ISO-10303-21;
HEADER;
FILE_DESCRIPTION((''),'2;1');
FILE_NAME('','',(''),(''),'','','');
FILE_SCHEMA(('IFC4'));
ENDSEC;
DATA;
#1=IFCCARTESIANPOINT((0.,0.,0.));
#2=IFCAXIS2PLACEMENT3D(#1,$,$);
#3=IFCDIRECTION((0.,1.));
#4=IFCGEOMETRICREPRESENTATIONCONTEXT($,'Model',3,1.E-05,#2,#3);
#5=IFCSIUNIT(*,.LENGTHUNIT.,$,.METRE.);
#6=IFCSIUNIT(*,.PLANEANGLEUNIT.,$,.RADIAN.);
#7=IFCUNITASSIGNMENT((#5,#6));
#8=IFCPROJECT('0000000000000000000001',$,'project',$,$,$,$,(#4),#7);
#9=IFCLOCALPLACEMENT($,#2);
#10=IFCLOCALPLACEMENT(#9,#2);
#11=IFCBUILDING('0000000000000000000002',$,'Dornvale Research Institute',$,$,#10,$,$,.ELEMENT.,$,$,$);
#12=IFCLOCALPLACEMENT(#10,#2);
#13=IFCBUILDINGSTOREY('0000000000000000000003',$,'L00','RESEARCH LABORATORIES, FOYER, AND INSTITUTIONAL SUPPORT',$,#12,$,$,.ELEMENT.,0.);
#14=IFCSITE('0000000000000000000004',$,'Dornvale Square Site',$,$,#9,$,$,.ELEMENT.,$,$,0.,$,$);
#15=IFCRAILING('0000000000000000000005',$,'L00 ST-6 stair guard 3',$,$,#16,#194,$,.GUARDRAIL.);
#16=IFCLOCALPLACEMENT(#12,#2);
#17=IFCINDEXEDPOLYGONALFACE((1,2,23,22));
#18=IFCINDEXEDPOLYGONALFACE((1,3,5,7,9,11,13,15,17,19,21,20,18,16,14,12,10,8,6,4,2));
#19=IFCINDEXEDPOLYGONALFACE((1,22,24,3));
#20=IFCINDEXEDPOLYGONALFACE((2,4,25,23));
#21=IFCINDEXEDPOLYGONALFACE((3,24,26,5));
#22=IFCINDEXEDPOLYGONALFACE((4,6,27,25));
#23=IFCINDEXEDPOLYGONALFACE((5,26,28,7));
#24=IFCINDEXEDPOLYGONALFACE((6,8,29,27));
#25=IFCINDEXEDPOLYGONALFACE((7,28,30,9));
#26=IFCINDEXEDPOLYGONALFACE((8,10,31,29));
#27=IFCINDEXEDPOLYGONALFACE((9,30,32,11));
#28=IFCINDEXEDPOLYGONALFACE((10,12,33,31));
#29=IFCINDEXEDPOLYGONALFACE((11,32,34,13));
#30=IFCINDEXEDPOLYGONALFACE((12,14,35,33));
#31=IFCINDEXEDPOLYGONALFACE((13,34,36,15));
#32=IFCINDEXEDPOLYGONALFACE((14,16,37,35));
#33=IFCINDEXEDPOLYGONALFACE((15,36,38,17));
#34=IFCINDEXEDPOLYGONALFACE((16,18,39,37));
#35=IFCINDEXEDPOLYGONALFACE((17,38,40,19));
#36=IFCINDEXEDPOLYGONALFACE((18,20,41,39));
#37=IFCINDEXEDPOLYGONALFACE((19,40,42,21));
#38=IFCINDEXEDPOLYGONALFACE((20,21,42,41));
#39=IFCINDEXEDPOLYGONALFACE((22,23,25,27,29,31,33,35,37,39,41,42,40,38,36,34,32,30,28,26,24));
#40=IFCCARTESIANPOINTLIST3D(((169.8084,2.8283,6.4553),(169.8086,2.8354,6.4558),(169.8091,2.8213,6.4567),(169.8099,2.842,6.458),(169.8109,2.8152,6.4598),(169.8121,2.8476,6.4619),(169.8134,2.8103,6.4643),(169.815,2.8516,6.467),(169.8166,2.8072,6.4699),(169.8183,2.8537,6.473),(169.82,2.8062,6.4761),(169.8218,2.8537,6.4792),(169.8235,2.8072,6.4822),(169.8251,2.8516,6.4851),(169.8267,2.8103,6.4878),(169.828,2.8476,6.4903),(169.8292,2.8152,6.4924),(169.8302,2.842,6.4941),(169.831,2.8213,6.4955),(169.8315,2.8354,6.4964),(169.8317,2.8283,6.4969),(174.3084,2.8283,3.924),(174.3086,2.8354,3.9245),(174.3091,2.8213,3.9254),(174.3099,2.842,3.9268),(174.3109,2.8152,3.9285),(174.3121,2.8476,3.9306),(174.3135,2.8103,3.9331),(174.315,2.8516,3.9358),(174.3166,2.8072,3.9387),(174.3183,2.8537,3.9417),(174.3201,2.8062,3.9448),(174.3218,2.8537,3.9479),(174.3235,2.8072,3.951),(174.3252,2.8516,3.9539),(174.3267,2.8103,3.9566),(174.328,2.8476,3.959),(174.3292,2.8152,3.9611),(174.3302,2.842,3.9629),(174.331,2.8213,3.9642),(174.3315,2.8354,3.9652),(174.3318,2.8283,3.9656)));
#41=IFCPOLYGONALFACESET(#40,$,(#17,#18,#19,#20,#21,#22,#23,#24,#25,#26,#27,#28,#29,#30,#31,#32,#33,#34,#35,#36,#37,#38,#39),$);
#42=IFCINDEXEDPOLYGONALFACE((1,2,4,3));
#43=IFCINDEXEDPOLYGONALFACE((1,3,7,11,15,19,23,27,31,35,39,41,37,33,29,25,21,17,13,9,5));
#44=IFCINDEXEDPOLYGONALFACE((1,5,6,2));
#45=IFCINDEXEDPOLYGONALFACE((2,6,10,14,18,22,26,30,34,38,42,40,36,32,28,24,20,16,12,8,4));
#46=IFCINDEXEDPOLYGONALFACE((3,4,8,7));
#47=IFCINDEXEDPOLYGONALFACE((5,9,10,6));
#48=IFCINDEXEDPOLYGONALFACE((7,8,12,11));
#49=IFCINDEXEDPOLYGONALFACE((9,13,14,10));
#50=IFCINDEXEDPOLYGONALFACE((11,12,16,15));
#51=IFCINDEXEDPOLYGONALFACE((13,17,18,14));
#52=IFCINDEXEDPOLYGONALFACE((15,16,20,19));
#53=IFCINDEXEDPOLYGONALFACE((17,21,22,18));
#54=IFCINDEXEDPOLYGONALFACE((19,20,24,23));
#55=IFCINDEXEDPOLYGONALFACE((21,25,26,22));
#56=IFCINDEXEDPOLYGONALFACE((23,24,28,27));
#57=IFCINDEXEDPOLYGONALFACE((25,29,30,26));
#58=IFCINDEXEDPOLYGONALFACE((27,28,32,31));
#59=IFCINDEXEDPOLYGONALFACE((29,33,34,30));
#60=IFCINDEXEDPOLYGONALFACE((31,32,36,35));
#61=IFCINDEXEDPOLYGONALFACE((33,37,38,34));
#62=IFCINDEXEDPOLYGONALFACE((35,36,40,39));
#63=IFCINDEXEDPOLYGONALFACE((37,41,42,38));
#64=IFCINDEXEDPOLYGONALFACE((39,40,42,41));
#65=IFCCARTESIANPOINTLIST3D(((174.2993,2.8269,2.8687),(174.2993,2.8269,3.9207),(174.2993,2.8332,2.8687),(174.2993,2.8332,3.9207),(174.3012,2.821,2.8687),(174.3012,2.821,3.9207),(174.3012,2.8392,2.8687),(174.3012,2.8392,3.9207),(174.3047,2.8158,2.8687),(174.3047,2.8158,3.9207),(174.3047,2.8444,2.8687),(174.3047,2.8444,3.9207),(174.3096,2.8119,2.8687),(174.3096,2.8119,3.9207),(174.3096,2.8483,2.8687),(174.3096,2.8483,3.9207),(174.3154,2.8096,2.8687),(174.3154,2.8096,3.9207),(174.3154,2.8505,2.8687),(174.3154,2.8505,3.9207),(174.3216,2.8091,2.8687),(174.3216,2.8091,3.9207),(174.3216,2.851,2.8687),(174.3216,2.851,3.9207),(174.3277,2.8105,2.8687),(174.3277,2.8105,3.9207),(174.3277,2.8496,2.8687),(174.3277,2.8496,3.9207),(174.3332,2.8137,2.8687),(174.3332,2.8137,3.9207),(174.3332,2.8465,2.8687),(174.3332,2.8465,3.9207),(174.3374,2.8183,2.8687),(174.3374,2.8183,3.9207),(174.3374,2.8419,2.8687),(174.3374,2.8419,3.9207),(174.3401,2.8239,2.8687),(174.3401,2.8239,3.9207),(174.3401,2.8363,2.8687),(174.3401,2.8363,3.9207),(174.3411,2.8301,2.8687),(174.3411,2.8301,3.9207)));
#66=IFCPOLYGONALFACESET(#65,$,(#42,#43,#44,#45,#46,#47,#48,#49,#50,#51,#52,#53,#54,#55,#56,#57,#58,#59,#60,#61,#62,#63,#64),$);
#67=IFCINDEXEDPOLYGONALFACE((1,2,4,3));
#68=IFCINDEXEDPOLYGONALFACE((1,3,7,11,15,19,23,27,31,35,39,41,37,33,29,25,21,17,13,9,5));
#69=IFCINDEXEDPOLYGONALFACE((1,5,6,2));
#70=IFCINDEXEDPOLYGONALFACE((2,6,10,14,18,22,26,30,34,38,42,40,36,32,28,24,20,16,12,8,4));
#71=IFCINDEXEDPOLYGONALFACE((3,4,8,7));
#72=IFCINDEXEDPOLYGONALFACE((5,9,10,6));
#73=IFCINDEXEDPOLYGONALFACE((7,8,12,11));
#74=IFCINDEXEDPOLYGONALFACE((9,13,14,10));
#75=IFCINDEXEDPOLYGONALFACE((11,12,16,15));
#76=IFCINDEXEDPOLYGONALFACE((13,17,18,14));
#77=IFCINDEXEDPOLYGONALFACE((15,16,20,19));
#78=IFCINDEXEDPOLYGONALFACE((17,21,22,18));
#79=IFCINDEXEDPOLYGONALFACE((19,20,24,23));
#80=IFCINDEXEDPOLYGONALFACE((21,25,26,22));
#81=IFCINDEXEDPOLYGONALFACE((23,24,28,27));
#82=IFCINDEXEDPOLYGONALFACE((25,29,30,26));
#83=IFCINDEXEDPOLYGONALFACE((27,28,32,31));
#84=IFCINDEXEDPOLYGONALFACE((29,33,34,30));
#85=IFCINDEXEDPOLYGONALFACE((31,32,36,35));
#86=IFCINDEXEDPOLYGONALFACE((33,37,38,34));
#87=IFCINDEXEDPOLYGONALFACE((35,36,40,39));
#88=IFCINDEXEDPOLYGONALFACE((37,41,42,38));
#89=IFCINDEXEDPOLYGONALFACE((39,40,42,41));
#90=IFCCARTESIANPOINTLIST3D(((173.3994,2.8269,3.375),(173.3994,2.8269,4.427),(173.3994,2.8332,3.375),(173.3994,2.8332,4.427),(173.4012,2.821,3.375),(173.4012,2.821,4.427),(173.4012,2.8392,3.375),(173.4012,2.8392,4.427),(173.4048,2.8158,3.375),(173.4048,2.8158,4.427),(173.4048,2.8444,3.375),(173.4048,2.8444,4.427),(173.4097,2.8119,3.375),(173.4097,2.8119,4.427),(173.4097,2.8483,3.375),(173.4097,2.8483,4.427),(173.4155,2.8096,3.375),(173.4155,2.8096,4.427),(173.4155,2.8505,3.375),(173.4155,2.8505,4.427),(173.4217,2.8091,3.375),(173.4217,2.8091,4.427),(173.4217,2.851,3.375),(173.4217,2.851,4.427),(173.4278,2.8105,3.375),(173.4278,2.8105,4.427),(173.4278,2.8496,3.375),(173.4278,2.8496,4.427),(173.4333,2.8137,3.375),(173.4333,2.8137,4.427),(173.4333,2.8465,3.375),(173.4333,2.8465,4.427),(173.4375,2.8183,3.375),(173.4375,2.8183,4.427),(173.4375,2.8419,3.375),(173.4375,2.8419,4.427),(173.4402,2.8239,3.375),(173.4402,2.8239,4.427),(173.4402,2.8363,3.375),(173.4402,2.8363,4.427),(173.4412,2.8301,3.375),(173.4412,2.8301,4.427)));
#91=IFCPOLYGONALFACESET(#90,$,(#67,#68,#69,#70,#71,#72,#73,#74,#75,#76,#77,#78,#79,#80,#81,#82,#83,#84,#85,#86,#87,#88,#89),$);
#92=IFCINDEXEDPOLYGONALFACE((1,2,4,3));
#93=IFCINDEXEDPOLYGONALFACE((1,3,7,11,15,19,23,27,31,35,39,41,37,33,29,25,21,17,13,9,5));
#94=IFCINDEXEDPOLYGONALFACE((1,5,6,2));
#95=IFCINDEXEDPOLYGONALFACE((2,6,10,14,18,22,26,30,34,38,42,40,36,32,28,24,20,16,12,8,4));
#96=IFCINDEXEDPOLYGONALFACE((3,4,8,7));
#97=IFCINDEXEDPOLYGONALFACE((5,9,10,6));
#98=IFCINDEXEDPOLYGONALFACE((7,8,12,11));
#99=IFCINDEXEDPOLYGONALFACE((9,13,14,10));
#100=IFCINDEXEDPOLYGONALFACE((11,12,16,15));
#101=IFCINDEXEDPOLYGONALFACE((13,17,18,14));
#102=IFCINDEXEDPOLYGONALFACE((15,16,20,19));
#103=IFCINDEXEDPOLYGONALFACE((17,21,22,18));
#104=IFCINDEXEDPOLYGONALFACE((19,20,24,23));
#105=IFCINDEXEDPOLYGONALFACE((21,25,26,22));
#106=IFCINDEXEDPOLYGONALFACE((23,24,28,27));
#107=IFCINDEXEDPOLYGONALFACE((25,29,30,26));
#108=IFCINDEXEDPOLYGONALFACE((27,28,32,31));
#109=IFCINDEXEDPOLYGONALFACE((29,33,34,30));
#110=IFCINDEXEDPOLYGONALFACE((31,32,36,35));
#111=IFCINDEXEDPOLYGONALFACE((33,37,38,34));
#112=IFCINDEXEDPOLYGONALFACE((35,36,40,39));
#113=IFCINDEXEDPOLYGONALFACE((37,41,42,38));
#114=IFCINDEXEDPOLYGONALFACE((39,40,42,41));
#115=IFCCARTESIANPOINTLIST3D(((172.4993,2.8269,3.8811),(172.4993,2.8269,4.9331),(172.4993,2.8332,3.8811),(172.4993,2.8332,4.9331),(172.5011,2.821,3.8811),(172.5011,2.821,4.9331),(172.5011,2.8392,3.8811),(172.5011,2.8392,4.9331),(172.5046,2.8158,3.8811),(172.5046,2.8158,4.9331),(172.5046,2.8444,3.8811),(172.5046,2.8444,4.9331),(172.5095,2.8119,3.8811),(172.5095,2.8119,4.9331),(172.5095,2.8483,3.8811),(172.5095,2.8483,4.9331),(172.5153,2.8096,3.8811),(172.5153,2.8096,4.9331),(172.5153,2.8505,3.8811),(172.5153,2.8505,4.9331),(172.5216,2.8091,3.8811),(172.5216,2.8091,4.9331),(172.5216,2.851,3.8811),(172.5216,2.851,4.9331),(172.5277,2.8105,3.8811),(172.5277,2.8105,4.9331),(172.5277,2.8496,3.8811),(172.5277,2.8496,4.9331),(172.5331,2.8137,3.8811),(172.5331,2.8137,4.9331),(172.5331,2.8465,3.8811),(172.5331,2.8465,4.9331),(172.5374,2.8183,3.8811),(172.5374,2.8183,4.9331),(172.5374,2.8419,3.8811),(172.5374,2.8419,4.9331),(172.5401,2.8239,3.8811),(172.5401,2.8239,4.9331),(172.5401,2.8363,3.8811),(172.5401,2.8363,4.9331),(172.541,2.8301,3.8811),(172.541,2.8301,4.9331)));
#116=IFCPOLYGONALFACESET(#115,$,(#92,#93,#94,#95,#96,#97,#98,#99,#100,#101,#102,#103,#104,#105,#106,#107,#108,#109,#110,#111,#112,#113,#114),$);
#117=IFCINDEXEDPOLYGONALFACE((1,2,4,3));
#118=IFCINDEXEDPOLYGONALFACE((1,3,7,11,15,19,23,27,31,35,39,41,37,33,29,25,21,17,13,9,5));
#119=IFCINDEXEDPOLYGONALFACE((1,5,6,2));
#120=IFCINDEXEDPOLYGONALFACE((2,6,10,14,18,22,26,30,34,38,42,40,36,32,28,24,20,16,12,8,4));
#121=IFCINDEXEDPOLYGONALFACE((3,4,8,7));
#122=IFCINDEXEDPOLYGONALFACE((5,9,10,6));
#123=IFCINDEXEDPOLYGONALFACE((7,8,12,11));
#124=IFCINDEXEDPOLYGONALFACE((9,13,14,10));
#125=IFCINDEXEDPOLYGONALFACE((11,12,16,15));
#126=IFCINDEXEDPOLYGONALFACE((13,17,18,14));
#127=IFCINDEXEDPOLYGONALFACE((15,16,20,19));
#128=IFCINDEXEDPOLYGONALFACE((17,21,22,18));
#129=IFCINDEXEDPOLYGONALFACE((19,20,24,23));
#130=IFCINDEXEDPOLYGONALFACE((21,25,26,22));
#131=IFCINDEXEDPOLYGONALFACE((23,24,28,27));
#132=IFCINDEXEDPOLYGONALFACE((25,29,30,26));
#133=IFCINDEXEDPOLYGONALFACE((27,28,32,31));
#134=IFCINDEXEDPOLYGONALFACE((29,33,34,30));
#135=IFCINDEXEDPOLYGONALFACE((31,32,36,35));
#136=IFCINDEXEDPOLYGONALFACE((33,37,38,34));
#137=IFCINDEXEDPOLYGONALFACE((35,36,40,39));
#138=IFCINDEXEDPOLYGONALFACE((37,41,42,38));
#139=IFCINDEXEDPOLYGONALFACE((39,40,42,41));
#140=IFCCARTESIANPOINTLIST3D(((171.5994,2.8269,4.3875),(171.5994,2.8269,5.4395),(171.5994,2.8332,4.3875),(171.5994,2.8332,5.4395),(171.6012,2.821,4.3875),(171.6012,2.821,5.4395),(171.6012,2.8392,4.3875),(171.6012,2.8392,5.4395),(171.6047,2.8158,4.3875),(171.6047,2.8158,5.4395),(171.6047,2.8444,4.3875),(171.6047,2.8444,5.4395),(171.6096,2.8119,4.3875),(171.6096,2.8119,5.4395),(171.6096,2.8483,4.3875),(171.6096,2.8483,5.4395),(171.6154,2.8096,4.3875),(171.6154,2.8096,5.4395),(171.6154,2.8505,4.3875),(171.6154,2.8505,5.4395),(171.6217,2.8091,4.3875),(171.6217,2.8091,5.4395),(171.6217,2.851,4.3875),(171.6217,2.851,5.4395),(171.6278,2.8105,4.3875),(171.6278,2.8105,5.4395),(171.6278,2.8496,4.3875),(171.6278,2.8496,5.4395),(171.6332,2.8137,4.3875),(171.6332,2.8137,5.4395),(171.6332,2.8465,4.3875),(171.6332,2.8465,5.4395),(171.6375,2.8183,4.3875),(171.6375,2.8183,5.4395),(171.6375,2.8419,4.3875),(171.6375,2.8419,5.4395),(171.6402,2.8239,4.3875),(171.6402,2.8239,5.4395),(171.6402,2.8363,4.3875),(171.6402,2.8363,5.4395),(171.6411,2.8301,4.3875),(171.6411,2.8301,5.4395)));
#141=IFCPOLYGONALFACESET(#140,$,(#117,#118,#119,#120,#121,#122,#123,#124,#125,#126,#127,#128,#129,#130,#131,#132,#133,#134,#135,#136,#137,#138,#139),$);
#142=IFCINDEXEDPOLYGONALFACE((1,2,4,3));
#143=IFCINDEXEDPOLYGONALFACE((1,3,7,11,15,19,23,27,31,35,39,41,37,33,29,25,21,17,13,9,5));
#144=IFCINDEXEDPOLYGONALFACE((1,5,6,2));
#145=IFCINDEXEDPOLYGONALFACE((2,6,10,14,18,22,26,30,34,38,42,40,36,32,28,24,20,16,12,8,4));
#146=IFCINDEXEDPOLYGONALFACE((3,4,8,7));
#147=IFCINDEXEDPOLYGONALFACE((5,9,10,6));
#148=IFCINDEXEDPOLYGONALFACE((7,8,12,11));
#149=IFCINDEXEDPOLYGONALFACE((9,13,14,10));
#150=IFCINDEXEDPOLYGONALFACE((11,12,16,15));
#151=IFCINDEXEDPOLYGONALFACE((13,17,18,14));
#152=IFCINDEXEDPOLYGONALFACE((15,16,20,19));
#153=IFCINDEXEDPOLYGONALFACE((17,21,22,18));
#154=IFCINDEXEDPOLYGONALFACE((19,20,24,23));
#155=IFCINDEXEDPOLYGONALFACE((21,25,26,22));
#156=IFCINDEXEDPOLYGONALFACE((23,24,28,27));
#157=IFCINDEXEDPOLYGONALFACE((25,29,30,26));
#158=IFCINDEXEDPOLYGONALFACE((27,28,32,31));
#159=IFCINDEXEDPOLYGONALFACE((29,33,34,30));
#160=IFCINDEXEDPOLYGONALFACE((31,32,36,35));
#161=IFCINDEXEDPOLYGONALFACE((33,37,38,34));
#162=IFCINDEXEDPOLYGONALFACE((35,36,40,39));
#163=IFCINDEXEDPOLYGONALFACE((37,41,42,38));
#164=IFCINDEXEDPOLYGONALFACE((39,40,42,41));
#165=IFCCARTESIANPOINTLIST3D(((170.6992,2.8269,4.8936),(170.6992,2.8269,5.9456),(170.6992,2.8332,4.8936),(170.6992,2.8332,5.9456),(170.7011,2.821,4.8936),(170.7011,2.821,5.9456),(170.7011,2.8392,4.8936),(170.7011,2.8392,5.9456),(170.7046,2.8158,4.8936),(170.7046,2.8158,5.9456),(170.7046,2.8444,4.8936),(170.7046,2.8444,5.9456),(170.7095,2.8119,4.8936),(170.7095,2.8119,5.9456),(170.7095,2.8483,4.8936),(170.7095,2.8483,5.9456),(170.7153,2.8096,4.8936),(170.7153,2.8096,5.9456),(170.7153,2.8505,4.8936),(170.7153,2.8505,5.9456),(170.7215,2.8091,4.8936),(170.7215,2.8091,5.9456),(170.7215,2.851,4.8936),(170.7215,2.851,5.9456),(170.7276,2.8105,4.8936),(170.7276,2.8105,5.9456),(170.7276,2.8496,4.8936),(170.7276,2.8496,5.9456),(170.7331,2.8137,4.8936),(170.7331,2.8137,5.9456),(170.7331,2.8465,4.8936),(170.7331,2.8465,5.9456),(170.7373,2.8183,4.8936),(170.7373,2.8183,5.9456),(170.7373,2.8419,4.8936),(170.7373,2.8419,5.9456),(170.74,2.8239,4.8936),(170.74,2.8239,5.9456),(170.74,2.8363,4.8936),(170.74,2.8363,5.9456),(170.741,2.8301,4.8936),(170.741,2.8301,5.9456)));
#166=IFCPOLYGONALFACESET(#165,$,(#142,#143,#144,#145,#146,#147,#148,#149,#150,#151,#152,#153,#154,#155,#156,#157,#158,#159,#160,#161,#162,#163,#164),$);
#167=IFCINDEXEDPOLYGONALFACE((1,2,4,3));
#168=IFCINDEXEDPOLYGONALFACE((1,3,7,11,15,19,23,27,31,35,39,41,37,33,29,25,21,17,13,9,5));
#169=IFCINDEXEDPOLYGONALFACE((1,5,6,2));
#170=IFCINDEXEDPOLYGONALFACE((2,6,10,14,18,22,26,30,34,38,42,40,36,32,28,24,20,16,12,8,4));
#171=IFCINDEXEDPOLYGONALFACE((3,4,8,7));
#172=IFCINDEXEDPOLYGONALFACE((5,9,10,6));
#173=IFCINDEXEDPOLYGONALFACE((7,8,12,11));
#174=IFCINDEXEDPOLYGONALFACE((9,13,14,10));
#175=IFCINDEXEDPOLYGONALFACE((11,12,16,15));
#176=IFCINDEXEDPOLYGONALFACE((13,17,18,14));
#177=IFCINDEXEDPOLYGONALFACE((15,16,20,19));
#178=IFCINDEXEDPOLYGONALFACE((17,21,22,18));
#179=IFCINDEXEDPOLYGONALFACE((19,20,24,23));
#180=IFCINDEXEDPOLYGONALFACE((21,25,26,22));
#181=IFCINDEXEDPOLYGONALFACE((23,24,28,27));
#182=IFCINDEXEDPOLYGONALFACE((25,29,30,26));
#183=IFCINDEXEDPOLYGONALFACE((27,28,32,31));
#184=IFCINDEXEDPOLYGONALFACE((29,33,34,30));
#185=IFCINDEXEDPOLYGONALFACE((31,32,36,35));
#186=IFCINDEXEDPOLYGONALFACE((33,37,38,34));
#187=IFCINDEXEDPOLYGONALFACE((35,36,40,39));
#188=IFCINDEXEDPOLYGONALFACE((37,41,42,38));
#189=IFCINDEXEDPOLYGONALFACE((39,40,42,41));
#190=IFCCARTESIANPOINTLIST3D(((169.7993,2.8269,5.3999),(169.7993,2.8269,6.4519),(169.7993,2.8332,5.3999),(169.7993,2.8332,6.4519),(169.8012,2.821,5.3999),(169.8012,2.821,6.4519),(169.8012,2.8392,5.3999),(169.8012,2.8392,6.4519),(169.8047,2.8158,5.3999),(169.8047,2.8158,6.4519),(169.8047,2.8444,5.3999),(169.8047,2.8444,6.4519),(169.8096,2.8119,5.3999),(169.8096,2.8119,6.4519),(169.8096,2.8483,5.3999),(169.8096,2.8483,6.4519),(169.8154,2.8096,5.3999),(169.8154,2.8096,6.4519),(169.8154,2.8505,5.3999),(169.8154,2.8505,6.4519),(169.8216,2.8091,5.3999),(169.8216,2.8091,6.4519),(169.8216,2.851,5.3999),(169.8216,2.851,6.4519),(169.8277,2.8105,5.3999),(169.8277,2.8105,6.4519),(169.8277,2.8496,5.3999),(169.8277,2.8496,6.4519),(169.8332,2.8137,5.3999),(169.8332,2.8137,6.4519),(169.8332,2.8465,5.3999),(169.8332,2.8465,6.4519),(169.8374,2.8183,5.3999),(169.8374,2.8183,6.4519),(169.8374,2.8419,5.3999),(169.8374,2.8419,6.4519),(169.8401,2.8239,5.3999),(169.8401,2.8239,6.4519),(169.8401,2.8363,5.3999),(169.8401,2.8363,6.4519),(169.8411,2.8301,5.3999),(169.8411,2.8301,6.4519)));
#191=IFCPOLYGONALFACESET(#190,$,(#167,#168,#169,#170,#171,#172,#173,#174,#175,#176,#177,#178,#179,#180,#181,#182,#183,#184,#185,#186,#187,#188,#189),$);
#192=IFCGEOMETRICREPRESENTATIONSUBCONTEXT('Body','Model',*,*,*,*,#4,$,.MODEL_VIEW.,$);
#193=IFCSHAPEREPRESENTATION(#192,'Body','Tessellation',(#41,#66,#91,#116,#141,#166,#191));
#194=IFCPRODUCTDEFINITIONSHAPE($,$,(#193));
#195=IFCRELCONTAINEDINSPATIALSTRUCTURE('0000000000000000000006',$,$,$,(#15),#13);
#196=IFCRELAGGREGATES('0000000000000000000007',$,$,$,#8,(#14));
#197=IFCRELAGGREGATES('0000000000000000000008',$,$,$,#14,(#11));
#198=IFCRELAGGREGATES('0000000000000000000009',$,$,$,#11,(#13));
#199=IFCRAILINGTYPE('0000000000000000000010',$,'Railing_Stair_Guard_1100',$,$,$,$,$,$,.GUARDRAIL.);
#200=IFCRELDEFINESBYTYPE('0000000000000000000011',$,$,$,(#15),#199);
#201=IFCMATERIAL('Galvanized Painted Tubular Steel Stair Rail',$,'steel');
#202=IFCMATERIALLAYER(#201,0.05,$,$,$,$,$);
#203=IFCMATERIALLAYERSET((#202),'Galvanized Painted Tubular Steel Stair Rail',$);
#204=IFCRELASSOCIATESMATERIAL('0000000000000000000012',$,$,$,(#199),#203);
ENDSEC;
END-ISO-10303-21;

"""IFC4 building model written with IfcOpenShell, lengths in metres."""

from ifc_helpers import new_model, si_unit, direction, frame, origin, origin_2d, place, context, subcontext, project, spatial, circle, extrude, material, layer, layer_set, type_object, element, save


model = new_model("IFC4")

# Units and contexts
model_context = context("Model", 3, precision=1e-05, world=origin(), true_north=direction((0.0, 1.0)))
body_context = subcontext(model_context, "Body", "Model", "MODEL_VIEW")
ifc_project = project(units=[si_unit("LENGTHUNIT", "METRE"), si_unit("PLANEANGLEUNIT", "RADIAN")], contexts=[model_context])

# Site, building, storey
site_placement = place(None, origin())
site = spatial("IfcSite", under=ifc_project, at=site_placement, Name="Dornvale Square Site", CompositionType="ELEMENT", RefElevation=0.0)
building_placement = place(site_placement, origin())
building = spatial("IfcBuilding", under=site, at=building_placement, Name="Dornvale Research Institute", CompositionType="ELEMENT")
storey_placement = place(building_placement, origin())
storey = spatial("IfcBuildingStorey", under=building, at=storey_placement, Name="L00", Description="RESEARCH LABORATORIES, FOYER, AND INSTITUTIONAL SUPPORT", CompositionType="ELEMENT", Elevation=0.0)

# Railing
ifc_material_1 = material(Name="Galvanized Painted Tubular Steel Stair Rail", Category="steel")
ifc_layer_1 = layer(ifc_material_1, 0.05)
ifc_layer_set_1 = layer_set([ifc_layer_1], Name="Galvanized Painted Tubular Steel Stair Rail")
railing_type_1 = type_object("IfcRailingType", Name="Railing_Stair_Guard_1100", PredefinedType="GUARDRAIL", material=ifc_layer_set_1)
railing_1_placement = place(storey_placement, frame((174.3201, 2.8301, 2.8687)))
element("IfcRailing", 1, at=railing_1_placement, inside=storey, type_object=railing_type_1, Name="L00 ST-6 stair guard 3", PredefinedType="GUARDRAIL", context=body_context, shape_type="SweptSolid", body=[
    extrude(circle(Radius=0.0239, at=origin_2d()), frame((0.0, 0.0, 1.0762), z_axis=(-0.871576, 0.0, 0.490261), x_axis=(0.0, -1.0, 0.0)), (0.0, 0.0, 1.0), 5.1631),
    extrude(circle(Radius=0.021, at=origin_2d()), origin(), (0.0, 0.0, 1.0), 1.052),
    extrude(circle(Radius=0.021, at=origin_2d()), frame((-0.8999, 0.0, 0.5063)), (0.0, 0.0, 1.0), 1.052),
    extrude(circle(Radius=0.021, at=origin_2d()), frame((-1.8, 0.0, 1.0125)), (0.0, 0.0, 1.0), 1.052),
    extrude(circle(Radius=0.021, at=origin_2d()), frame((-2.7, 0.0, 1.5188)), (0.0, 0.0, 1.0), 1.052),
    extrude(circle(Radius=0.021, at=origin_2d()), frame((-3.6001, 0.0, 2.0249)), (0.0, 0.0, 1.0), 1.052),
    extrude(circle(Radius=0.021, at=origin_2d()), frame((-4.5, 0.0, 2.5312)), (0.0, 0.0, 1.0), 1.052),
])

save(model, "model.ifc")
